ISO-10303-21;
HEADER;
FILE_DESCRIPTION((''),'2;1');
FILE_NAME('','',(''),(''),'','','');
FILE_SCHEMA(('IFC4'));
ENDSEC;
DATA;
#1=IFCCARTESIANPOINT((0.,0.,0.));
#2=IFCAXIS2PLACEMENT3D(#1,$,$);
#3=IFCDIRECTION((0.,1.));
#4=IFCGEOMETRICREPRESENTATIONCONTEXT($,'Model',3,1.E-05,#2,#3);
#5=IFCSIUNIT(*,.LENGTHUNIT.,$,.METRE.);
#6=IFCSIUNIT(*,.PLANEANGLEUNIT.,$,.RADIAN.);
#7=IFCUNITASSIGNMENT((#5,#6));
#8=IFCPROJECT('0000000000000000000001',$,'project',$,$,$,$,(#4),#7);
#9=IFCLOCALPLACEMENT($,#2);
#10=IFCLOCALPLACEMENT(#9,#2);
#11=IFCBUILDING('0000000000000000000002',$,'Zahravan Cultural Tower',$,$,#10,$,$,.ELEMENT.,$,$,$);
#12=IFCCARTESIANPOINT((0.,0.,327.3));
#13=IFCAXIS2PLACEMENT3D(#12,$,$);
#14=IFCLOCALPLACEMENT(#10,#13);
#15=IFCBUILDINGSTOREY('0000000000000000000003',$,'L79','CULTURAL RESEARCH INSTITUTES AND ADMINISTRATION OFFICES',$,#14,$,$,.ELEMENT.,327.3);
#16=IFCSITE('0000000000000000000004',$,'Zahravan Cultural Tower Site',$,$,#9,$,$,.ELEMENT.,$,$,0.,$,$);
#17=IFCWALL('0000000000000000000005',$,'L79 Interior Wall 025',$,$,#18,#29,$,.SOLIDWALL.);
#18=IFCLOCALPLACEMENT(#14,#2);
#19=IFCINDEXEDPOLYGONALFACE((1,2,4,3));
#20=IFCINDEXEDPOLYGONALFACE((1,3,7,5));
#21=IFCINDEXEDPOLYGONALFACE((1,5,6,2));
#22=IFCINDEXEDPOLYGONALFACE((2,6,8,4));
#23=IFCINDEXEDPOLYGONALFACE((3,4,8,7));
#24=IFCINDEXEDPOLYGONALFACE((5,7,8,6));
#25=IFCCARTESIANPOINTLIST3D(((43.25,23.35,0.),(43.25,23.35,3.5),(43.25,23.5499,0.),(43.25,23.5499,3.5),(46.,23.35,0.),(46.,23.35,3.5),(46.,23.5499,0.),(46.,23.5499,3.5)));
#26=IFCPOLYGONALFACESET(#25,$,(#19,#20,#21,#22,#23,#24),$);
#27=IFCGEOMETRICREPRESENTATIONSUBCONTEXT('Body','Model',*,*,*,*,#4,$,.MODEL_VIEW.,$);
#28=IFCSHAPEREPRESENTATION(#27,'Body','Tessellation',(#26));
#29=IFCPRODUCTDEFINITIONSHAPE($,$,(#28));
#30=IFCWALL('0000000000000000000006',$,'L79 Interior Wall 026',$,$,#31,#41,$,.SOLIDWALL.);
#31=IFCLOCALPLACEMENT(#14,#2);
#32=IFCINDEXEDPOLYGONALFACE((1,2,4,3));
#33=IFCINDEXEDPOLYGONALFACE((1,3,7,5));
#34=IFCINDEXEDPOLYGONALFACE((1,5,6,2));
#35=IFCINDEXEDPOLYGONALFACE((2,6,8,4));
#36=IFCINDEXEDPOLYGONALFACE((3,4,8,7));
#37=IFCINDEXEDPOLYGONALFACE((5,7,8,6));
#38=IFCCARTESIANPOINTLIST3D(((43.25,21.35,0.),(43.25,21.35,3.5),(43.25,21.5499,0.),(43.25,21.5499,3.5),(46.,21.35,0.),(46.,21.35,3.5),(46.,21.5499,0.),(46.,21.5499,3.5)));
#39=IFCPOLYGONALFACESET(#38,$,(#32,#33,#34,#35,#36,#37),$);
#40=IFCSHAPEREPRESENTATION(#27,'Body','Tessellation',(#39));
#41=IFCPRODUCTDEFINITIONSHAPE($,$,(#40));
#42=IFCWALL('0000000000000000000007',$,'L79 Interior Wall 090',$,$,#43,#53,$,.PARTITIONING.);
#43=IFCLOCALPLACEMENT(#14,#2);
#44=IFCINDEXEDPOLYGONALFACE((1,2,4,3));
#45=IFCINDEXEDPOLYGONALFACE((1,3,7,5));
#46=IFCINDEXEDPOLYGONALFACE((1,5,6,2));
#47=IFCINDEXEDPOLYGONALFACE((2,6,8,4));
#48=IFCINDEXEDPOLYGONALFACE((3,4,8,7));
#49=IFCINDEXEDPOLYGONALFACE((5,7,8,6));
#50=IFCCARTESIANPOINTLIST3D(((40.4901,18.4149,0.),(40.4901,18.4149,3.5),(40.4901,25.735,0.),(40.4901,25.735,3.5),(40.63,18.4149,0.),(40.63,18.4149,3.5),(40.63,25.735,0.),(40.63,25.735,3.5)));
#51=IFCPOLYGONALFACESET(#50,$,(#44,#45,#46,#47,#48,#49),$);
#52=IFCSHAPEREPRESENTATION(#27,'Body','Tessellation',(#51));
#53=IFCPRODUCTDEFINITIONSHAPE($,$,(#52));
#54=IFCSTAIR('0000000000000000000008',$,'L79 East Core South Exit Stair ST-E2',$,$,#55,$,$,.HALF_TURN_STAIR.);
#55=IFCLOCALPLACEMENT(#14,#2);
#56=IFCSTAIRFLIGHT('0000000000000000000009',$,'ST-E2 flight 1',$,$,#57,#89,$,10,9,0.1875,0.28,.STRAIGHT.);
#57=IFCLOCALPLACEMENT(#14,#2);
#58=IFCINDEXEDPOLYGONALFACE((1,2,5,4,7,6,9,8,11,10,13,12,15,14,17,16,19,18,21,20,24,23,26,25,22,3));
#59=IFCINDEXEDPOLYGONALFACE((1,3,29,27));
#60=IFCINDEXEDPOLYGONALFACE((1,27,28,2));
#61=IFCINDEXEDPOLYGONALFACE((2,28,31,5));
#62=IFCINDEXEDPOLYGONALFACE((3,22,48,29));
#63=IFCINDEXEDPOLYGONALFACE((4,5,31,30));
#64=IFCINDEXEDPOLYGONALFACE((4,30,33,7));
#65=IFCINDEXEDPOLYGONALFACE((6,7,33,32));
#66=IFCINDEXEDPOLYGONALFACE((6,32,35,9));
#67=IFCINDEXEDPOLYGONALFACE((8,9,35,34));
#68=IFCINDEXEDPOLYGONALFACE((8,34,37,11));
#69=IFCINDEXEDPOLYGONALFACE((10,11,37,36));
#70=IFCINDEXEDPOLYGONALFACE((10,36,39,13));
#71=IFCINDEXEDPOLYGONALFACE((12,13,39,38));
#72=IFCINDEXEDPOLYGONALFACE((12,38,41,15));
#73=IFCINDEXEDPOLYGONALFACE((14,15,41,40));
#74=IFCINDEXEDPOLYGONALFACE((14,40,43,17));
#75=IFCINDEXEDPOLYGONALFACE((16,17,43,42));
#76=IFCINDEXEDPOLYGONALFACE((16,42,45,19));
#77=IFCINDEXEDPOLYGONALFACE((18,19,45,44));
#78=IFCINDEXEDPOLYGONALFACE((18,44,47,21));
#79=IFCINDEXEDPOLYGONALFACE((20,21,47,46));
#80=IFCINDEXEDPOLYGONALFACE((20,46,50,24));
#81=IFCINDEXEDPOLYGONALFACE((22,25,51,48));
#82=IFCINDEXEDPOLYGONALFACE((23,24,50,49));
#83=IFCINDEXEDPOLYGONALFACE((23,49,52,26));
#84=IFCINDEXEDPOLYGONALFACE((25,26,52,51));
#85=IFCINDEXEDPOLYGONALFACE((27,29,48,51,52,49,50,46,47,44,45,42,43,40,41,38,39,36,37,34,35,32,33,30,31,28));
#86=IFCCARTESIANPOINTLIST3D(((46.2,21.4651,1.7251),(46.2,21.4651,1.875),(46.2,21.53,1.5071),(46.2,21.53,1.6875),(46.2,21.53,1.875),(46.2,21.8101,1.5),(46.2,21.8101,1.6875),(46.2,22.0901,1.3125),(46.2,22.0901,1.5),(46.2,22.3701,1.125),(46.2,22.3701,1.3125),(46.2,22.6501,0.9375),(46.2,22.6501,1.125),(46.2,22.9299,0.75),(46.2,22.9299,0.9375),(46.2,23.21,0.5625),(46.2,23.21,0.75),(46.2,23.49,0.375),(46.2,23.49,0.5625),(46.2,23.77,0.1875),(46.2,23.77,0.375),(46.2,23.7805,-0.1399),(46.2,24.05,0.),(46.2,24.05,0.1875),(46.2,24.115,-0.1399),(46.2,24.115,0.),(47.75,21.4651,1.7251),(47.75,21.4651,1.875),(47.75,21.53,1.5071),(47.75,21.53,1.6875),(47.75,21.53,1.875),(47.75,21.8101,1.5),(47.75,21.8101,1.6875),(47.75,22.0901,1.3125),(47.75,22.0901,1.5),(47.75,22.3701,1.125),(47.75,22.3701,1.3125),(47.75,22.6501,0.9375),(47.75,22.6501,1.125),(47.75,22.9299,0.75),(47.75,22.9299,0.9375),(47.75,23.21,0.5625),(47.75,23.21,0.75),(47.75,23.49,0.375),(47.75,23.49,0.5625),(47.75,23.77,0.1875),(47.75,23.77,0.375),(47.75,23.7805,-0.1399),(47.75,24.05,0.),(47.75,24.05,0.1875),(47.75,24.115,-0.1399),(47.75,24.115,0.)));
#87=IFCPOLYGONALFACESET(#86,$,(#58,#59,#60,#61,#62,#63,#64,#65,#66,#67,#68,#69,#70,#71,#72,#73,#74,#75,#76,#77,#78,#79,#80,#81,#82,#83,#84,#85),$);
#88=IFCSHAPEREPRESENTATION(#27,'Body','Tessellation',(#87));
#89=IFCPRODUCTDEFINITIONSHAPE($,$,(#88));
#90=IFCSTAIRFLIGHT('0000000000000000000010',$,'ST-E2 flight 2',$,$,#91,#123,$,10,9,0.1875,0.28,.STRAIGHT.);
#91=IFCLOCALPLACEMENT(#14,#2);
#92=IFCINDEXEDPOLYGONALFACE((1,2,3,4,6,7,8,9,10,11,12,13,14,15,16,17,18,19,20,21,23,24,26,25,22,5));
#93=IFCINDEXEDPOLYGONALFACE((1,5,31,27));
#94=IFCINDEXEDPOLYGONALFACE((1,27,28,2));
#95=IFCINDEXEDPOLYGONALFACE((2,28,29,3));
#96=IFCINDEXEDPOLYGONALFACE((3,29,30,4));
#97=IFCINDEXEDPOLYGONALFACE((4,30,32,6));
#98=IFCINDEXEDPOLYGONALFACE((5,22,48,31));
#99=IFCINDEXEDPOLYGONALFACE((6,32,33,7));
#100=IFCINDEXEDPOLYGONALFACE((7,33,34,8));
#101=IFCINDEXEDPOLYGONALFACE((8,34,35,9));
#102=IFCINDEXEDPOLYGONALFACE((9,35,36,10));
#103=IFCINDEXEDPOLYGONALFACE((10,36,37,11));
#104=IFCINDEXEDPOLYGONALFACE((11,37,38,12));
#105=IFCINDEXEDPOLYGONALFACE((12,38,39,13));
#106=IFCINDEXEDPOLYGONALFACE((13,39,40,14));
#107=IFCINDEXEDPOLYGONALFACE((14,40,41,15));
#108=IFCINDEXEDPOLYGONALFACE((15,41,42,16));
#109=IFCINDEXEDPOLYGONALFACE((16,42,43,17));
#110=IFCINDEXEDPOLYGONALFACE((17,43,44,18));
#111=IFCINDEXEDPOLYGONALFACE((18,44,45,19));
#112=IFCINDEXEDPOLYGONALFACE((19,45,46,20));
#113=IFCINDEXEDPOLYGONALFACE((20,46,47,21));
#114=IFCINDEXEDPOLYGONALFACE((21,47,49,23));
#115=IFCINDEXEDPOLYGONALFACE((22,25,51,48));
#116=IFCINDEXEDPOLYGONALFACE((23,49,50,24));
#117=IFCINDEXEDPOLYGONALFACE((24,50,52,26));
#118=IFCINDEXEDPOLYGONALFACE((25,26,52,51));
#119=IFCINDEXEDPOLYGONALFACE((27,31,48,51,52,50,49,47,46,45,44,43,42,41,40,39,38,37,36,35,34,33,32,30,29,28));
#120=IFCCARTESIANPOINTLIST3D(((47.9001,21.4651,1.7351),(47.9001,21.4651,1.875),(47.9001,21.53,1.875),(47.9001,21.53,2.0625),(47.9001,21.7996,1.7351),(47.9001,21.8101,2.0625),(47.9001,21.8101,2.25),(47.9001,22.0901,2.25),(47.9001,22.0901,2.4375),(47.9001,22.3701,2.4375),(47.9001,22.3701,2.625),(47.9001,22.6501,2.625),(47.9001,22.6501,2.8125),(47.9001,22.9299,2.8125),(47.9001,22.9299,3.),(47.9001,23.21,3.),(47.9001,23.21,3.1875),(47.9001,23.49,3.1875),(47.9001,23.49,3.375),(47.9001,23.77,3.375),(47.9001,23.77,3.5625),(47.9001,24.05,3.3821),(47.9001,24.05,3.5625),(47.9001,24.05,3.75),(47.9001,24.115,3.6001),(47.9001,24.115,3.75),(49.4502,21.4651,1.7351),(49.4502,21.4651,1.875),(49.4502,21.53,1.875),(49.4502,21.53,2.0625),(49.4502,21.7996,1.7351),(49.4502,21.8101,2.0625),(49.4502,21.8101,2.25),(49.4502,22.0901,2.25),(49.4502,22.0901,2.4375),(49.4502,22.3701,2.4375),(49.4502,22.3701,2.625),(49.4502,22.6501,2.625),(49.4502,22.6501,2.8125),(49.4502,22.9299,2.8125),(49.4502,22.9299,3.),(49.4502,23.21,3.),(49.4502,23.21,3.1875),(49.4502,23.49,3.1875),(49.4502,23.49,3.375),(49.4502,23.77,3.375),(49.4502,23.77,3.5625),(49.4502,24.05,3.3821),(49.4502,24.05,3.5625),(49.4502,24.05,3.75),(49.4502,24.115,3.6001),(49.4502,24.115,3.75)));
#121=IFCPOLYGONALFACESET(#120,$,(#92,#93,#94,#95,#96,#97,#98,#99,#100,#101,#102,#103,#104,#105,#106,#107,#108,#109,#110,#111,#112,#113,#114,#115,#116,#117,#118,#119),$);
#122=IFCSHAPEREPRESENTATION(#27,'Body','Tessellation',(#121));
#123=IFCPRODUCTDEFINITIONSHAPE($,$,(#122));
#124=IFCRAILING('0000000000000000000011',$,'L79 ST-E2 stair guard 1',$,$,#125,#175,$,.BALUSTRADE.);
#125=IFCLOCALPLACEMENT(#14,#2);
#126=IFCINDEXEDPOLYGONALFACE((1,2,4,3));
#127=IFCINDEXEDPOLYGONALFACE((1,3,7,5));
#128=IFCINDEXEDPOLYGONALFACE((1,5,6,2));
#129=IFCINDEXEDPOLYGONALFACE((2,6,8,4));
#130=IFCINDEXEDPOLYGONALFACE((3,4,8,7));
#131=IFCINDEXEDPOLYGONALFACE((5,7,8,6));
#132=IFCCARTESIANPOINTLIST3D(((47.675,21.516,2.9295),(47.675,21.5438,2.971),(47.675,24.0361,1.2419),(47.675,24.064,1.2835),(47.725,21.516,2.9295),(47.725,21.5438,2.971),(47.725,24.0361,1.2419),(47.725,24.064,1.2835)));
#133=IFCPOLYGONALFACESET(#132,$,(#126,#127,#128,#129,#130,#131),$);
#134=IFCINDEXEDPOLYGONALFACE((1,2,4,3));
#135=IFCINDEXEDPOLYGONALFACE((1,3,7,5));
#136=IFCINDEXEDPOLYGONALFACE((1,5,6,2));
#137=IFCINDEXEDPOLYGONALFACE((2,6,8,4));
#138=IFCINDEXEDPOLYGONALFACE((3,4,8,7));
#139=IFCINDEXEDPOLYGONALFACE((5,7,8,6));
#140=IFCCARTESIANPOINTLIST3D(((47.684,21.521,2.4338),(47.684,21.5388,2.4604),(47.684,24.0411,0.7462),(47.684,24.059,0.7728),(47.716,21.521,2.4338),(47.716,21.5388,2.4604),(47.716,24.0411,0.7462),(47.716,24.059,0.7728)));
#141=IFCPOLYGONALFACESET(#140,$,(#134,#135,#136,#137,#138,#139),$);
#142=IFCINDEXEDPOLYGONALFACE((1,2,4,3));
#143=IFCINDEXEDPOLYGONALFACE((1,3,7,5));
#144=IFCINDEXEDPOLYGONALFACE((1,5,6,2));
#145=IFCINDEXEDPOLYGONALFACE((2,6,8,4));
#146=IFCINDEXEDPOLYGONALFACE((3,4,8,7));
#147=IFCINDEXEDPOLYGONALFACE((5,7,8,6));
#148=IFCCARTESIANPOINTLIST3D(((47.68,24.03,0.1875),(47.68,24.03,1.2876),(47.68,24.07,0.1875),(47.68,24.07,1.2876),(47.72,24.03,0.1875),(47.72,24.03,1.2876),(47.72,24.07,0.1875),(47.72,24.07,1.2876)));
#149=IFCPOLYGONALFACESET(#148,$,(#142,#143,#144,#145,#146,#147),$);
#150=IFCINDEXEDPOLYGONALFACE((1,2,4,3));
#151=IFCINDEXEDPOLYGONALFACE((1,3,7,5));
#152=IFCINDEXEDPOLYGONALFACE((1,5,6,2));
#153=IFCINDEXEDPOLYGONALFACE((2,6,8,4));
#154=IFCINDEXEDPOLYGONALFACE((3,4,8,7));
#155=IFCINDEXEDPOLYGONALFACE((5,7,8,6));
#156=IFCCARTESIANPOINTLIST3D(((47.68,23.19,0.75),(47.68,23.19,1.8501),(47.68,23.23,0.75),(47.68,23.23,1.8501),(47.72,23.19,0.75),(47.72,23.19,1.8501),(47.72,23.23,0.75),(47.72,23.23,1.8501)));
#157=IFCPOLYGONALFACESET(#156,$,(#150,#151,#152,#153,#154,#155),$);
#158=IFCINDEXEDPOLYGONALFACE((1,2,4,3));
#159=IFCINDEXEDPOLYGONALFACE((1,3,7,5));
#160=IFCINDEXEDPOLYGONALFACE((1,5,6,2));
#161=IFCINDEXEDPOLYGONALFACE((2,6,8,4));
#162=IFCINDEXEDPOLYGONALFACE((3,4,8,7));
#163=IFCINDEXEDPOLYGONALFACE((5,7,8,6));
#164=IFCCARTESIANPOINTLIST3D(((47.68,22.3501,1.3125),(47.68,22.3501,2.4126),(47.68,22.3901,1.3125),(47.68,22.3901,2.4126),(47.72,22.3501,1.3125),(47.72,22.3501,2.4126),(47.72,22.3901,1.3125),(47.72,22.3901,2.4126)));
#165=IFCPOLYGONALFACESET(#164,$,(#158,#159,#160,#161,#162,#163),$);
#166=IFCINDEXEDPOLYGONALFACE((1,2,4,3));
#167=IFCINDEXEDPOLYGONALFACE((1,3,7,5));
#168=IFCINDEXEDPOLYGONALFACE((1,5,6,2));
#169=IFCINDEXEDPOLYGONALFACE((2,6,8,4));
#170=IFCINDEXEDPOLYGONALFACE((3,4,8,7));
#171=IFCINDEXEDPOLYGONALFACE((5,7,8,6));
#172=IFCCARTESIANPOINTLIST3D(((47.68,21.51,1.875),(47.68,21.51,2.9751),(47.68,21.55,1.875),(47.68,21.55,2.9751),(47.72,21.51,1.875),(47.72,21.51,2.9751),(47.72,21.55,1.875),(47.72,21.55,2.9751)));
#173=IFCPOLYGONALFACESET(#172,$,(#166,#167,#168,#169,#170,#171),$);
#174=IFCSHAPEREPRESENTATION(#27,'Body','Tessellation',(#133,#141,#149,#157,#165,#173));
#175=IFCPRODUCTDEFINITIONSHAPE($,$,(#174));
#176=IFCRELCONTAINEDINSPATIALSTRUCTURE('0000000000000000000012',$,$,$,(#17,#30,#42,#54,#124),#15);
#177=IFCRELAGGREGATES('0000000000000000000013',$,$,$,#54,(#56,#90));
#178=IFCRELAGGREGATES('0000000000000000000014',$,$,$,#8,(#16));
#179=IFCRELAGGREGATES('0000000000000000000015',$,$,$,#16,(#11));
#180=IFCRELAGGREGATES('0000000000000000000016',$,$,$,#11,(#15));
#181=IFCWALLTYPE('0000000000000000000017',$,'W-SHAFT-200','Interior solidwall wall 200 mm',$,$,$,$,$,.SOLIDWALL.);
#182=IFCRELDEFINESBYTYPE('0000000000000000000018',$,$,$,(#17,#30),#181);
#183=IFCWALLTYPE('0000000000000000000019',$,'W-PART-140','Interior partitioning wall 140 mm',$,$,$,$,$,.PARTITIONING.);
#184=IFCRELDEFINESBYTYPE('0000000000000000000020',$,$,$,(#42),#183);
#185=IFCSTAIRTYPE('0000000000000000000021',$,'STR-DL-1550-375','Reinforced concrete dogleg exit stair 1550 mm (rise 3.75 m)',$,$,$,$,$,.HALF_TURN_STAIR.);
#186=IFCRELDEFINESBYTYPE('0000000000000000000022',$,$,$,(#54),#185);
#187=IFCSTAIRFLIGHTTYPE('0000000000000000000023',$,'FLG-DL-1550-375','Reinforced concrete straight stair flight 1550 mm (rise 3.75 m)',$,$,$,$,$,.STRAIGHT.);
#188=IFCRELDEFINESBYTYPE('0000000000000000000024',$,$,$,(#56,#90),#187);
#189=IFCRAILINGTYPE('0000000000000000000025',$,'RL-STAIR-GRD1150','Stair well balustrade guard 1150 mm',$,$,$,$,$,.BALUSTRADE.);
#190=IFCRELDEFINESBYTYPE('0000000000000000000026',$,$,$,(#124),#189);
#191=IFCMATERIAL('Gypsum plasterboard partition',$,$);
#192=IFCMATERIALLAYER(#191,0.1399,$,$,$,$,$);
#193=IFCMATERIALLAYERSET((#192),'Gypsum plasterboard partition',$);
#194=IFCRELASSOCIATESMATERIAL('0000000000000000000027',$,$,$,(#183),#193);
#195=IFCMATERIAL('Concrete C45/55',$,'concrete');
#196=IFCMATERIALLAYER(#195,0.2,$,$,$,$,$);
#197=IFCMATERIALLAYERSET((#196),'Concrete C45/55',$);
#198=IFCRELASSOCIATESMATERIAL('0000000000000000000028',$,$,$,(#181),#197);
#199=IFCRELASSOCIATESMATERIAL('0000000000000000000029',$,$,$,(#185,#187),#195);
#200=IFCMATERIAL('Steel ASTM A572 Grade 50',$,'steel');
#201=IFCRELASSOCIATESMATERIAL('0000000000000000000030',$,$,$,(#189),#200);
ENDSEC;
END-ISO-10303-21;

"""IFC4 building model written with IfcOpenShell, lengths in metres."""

from ifc_helpers import new_model, si_unit, direction, frame, frame_2d, origin, origin_2d, place, context, subcontext, project, spatial, polyline, rectangle, outline, extrude, source, transform, mapped, material, layer, layer_set, type_object, element, aggregate, save


model = new_model("IFC4")

# Units and contexts
model_context = context("Model", 3, precision=1e-05, world=origin(), true_north=direction((0.0, 1.0)))
body_context = subcontext(model_context, "Body", "Model", "MODEL_VIEW")
ifc_project = project(units=[si_unit("LENGTHUNIT", "METRE"), si_unit("PLANEANGLEUNIT", "RADIAN")], contexts=[model_context])

# Site, building, storey
site_placement = place(None, origin())
site = spatial("IfcSite", under=ifc_project, at=site_placement, Name="Zahravan Cultural Tower Site", CompositionType="ELEMENT", RefElevation=0.0)
building_placement = place(site_placement, origin())
building = spatial("IfcBuilding", under=site, at=building_placement, Name="Zahravan Cultural Tower", CompositionType="ELEMENT")
storey_placement = place(building_placement, frame((0.0, 0.0, 327.3)))
storey = spatial("IfcBuildingStorey", under=building, at=storey_placement, Name="L79", Description="CULTURAL RESEARCH INSTITUTES AND ADMINISTRATION OFFICES", CompositionType="ELEMENT", Elevation=327.3)

# Shared definitions
ifc_material_1 = material(Name="Steel ASTM A572 Grade 50", Category="steel")
ifc_material_2 = material(Name="Gypsum plasterboard partition")
ifc_layer_1 = layer(ifc_material_2, 0.1399)
ifc_layer_set_1 = layer_set([ifc_layer_1], Name="Gypsum plasterboard partition")
wall_type_1 = type_object("IfcWallType", Name="W-PART-140", Description="Interior partitioning wall 140 mm", PredefinedType="PARTITIONING", material=ifc_layer_set_1)
ifc_material_3 = material(Name="Concrete C45/55", Category="concrete")
ifc_layer_2 = layer(ifc_material_3, 0.2)
ifc_layer_set_2 = layer_set([ifc_layer_2], Name="Concrete C45/55")
wall_type_2 = type_object("IfcWallType", Name="W-SHAFT-200", Description="Interior solidwall wall 200 mm", PredefinedType="SOLIDWALL", material=ifc_layer_set_2)

# Walls
shared_shape_1 = source(origin(), body_context, "Body", "SweptSolid", [
    extrude(rectangle(XDim=2.75, YDim=0.2, at=frame_2d((1.375, 0.0))), origin(), (0.0, 0.0, 1.0), 3.5),
])
for number, where, z_axis, x_axis, name in (
    (1, (43.25, 23.45, 0.0), (0.0, 0.0, 1.0), (1.0, 0.0, 0.0), "L79 Interior Wall 025"),
    (2, (43.25, 21.45, 0.0), (0.0, 0.0, 1.0), (1.0, 0.0, 0.0), "L79 Interior Wall 026"),
):
    element("IfcWall", number, at=place(storey_placement, frame(where, z_axis=z_axis, x_axis=x_axis)), inside=storey, type_object=wall_type_2, Name=name, PredefinedType="SOLIDWALL", context=body_context, shape_type="MappedRepresentation", body=[
        mapped(shared_shape_1, transform((0.0, 0.0, 0.0), x_axis=(1.0, 0.0, 0.0), y_axis=(0.0, 1.0, 0.0), z_axis=(0.0, 0.0, 1.0), scale=1.0)),
    ])
shared_shape_2 = source(origin(), body_context, "Body", "SweptSolid", [
    extrude(rectangle(XDim=7.3201, YDim=0.1399, at=frame_2d((3.6602, 0.0))), origin(), (0.0, 0.0, 1.0), 3.5),
])
wall_1_placement = place(storey_placement, frame((40.5601, 25.7351, 0.0), z_axis=(0.0, 0.0, 1.0), x_axis=(0.0, -1.0, 0.0)))
element("IfcWall", 3, at=wall_1_placement, inside=storey, type_object=wall_type_1, Name="L79 Interior Wall 090", PredefinedType="PARTITIONING", context=body_context, shape_type="MappedRepresentation", body=[
    mapped(shared_shape_2, transform((0.0, 0.0, 0.0), x_axis=(1.0, 0.0, 0.0), y_axis=(0.0, 1.0, 0.0), z_axis=(0.0, 0.0, 1.0), scale=1.0)),
])

# Stair, stair flights
stair_type = type_object("IfcStairType", Name="STR-DL-1550-375", Description="Reinforced concrete dogleg exit stair 1550 mm (rise 3.75 m)", PredefinedType="HALF_TURN_STAIR", material=ifc_material_3)
stair_placement = place(storey_placement, origin())
stair = element("IfcStair", 4, at=stair_placement, inside=storey, type_object=stair_type, Name="L79 East Core South Exit Stair ST-E2", PredefinedType="HALF_TURN_STAIR")
stair_flight_type = type_object("IfcStairFlightType", Name="FLG-DL-1550-375", Description="Reinforced concrete straight stair flight 1550 mm (rise 3.75 m)", PredefinedType="STRAIGHT", material=ifc_material_3)
stair_flight_1_placement = place(storey_placement, frame((46.9751, 24.05, 0.0), z_axis=(0.0, 0.0, 1.0), x_axis=(0.0, -1.0, 0.0)))
stair_flight_1 = element("IfcStairFlight", 5, at=stair_flight_1_placement, type_object=stair_flight_type, Name="ST-E2 flight 1", NumberOfRisers=10, NumberOfTreads=9, PredefinedType="STRAIGHT", RiserHeight=0.1875, TreadLength=0.28, context=body_context, shape_type="SweptSolid", body=[
    extrude(outline(polyline([(-0.0649, -0.1399), (-0.0649, 0.0), (0.0, 0.0), (0.0, 0.1875), (0.28, 0.1875), (0.28, 0.375), (0.5601, 0.375), (0.5601, 0.5625), (0.8401, 0.5625), (0.8401, 0.75), (1.1201, 0.75), (1.1201, 0.9375), (1.3999, 0.9375), (1.3999, 1.125), (1.6799, 1.125), (1.6799, 1.3125), (1.96, 1.3125), (1.96, 1.5), (2.24, 1.5), (2.24, 1.6875), (2.52, 1.6875), (2.52, 1.875), (2.585, 1.875), (2.585, 1.7251), (2.52, 1.5071), (0.2695, -0.1399), (-0.0649, -0.1399)])), frame((0.0, 0.7749, 0.0), z_axis=(0.0, -1.0, 0.0), x_axis=(1.0, 0.0, 0.0)), (0.0, 0.0, 1.0), 1.55),
])
stair_flight_2_placement = place(storey_placement, frame((48.675, 21.53, 1.875), z_axis=(0.0, 0.0, 1.0), x_axis=(0.0, 1.0, 0.0)))
stair_flight_2 = element("IfcStairFlight", 6, at=stair_flight_2_placement, type_object=stair_flight_type, Name="ST-E2 flight 2", NumberOfRisers=10, NumberOfTreads=9, PredefinedType="STRAIGHT", RiserHeight=0.1875, TreadLength=0.28, context=body_context, shape_type="SweptSolid", body=[
    extrude(outline(polyline([(-0.0649, -0.1399), (-0.0649, 0.0), (0.0, 0.0), (0.0, 0.1875), (0.28, 0.1875), (0.28, 0.375), (0.5601, 0.375), (0.5601, 0.5625), (0.8401, 0.5625), (0.8401, 0.75), (1.1201, 0.75), (1.1201, 0.9375), (1.3999, 0.9375), (1.3999, 1.125), (1.6799, 1.125), (1.6799, 1.3125), (1.96, 1.3125), (1.96, 1.5), (2.24, 1.5), (2.24, 1.6875), (2.52, 1.6875), (2.52, 1.875), (2.585, 1.875), (2.585, 1.7251), (2.52, 1.5071), (0.2695, -0.1399), (-0.0649, -0.1399)])), frame((0.0, 0.7749, 0.0), z_axis=(0.0, -1.0, 0.0), x_axis=(1.0, 0.0, 0.0)), (0.0, 0.0, 1.0), 1.55),
])
aggregate(stair, [stair_flight_1, stair_flight_2])

# Railing
railing_type_1 = type_object("IfcRailingType", Name="RL-STAIR-GRD1150", Description="Stair well balustrade guard 1150 mm", PredefinedType="BALUSTRADE", material=ifc_material_1)
railing_1_placement = place(storey_placement, frame((47.7, 24.05, 0.1875)))
element("IfcRailing", 7, at=railing_1_placement, inside=storey, type_object=railing_type_1, Name="L79 ST-E2 stair guard 1", PredefinedType="BALUSTRADE", context=body_context, shape_type="SweptSolid", body=[
    extrude(rectangle(XDim=0.05, YDim=0.05, at=origin_2d()), frame((0.0, 0.0, 1.0752), z_axis=(0.0, -0.830909, 0.556408), x_axis=(1.0, 0.0, 0.0)), (0.0, 0.0, 1.0), 3.033),
    extrude(rectangle(XDim=0.032, YDim=0.032, at=origin_2d()), frame((0.0, 0.0, 0.572), z_axis=(0.0, -0.830909, 0.556408), x_axis=(1.0, 0.0, 0.0)), (0.0, 0.0, 1.0), 3.033),
    extrude(rectangle(XDim=0.04, YDim=0.04, at=origin_2d()), origin(), (0.0, 0.0, 1.0), 1.1001),
    extrude(rectangle(XDim=0.04, YDim=0.04, at=origin_2d()), frame((0.0, -0.8401, 0.5625)), (0.0, 0.0, 1.0), 1.1001),
    extrude(rectangle(XDim=0.04, YDim=0.04, at=origin_2d()), frame((0.0, -1.6799, 1.125)), (0.0, 0.0, 1.0), 1.1001),
    extrude(rectangle(XDim=0.04, YDim=0.04, at=origin_2d()), frame((0.0, -2.52, 1.6875)), (0.0, 0.0, 1.0), 1.1001),
])

save(model, "model.ifc")
